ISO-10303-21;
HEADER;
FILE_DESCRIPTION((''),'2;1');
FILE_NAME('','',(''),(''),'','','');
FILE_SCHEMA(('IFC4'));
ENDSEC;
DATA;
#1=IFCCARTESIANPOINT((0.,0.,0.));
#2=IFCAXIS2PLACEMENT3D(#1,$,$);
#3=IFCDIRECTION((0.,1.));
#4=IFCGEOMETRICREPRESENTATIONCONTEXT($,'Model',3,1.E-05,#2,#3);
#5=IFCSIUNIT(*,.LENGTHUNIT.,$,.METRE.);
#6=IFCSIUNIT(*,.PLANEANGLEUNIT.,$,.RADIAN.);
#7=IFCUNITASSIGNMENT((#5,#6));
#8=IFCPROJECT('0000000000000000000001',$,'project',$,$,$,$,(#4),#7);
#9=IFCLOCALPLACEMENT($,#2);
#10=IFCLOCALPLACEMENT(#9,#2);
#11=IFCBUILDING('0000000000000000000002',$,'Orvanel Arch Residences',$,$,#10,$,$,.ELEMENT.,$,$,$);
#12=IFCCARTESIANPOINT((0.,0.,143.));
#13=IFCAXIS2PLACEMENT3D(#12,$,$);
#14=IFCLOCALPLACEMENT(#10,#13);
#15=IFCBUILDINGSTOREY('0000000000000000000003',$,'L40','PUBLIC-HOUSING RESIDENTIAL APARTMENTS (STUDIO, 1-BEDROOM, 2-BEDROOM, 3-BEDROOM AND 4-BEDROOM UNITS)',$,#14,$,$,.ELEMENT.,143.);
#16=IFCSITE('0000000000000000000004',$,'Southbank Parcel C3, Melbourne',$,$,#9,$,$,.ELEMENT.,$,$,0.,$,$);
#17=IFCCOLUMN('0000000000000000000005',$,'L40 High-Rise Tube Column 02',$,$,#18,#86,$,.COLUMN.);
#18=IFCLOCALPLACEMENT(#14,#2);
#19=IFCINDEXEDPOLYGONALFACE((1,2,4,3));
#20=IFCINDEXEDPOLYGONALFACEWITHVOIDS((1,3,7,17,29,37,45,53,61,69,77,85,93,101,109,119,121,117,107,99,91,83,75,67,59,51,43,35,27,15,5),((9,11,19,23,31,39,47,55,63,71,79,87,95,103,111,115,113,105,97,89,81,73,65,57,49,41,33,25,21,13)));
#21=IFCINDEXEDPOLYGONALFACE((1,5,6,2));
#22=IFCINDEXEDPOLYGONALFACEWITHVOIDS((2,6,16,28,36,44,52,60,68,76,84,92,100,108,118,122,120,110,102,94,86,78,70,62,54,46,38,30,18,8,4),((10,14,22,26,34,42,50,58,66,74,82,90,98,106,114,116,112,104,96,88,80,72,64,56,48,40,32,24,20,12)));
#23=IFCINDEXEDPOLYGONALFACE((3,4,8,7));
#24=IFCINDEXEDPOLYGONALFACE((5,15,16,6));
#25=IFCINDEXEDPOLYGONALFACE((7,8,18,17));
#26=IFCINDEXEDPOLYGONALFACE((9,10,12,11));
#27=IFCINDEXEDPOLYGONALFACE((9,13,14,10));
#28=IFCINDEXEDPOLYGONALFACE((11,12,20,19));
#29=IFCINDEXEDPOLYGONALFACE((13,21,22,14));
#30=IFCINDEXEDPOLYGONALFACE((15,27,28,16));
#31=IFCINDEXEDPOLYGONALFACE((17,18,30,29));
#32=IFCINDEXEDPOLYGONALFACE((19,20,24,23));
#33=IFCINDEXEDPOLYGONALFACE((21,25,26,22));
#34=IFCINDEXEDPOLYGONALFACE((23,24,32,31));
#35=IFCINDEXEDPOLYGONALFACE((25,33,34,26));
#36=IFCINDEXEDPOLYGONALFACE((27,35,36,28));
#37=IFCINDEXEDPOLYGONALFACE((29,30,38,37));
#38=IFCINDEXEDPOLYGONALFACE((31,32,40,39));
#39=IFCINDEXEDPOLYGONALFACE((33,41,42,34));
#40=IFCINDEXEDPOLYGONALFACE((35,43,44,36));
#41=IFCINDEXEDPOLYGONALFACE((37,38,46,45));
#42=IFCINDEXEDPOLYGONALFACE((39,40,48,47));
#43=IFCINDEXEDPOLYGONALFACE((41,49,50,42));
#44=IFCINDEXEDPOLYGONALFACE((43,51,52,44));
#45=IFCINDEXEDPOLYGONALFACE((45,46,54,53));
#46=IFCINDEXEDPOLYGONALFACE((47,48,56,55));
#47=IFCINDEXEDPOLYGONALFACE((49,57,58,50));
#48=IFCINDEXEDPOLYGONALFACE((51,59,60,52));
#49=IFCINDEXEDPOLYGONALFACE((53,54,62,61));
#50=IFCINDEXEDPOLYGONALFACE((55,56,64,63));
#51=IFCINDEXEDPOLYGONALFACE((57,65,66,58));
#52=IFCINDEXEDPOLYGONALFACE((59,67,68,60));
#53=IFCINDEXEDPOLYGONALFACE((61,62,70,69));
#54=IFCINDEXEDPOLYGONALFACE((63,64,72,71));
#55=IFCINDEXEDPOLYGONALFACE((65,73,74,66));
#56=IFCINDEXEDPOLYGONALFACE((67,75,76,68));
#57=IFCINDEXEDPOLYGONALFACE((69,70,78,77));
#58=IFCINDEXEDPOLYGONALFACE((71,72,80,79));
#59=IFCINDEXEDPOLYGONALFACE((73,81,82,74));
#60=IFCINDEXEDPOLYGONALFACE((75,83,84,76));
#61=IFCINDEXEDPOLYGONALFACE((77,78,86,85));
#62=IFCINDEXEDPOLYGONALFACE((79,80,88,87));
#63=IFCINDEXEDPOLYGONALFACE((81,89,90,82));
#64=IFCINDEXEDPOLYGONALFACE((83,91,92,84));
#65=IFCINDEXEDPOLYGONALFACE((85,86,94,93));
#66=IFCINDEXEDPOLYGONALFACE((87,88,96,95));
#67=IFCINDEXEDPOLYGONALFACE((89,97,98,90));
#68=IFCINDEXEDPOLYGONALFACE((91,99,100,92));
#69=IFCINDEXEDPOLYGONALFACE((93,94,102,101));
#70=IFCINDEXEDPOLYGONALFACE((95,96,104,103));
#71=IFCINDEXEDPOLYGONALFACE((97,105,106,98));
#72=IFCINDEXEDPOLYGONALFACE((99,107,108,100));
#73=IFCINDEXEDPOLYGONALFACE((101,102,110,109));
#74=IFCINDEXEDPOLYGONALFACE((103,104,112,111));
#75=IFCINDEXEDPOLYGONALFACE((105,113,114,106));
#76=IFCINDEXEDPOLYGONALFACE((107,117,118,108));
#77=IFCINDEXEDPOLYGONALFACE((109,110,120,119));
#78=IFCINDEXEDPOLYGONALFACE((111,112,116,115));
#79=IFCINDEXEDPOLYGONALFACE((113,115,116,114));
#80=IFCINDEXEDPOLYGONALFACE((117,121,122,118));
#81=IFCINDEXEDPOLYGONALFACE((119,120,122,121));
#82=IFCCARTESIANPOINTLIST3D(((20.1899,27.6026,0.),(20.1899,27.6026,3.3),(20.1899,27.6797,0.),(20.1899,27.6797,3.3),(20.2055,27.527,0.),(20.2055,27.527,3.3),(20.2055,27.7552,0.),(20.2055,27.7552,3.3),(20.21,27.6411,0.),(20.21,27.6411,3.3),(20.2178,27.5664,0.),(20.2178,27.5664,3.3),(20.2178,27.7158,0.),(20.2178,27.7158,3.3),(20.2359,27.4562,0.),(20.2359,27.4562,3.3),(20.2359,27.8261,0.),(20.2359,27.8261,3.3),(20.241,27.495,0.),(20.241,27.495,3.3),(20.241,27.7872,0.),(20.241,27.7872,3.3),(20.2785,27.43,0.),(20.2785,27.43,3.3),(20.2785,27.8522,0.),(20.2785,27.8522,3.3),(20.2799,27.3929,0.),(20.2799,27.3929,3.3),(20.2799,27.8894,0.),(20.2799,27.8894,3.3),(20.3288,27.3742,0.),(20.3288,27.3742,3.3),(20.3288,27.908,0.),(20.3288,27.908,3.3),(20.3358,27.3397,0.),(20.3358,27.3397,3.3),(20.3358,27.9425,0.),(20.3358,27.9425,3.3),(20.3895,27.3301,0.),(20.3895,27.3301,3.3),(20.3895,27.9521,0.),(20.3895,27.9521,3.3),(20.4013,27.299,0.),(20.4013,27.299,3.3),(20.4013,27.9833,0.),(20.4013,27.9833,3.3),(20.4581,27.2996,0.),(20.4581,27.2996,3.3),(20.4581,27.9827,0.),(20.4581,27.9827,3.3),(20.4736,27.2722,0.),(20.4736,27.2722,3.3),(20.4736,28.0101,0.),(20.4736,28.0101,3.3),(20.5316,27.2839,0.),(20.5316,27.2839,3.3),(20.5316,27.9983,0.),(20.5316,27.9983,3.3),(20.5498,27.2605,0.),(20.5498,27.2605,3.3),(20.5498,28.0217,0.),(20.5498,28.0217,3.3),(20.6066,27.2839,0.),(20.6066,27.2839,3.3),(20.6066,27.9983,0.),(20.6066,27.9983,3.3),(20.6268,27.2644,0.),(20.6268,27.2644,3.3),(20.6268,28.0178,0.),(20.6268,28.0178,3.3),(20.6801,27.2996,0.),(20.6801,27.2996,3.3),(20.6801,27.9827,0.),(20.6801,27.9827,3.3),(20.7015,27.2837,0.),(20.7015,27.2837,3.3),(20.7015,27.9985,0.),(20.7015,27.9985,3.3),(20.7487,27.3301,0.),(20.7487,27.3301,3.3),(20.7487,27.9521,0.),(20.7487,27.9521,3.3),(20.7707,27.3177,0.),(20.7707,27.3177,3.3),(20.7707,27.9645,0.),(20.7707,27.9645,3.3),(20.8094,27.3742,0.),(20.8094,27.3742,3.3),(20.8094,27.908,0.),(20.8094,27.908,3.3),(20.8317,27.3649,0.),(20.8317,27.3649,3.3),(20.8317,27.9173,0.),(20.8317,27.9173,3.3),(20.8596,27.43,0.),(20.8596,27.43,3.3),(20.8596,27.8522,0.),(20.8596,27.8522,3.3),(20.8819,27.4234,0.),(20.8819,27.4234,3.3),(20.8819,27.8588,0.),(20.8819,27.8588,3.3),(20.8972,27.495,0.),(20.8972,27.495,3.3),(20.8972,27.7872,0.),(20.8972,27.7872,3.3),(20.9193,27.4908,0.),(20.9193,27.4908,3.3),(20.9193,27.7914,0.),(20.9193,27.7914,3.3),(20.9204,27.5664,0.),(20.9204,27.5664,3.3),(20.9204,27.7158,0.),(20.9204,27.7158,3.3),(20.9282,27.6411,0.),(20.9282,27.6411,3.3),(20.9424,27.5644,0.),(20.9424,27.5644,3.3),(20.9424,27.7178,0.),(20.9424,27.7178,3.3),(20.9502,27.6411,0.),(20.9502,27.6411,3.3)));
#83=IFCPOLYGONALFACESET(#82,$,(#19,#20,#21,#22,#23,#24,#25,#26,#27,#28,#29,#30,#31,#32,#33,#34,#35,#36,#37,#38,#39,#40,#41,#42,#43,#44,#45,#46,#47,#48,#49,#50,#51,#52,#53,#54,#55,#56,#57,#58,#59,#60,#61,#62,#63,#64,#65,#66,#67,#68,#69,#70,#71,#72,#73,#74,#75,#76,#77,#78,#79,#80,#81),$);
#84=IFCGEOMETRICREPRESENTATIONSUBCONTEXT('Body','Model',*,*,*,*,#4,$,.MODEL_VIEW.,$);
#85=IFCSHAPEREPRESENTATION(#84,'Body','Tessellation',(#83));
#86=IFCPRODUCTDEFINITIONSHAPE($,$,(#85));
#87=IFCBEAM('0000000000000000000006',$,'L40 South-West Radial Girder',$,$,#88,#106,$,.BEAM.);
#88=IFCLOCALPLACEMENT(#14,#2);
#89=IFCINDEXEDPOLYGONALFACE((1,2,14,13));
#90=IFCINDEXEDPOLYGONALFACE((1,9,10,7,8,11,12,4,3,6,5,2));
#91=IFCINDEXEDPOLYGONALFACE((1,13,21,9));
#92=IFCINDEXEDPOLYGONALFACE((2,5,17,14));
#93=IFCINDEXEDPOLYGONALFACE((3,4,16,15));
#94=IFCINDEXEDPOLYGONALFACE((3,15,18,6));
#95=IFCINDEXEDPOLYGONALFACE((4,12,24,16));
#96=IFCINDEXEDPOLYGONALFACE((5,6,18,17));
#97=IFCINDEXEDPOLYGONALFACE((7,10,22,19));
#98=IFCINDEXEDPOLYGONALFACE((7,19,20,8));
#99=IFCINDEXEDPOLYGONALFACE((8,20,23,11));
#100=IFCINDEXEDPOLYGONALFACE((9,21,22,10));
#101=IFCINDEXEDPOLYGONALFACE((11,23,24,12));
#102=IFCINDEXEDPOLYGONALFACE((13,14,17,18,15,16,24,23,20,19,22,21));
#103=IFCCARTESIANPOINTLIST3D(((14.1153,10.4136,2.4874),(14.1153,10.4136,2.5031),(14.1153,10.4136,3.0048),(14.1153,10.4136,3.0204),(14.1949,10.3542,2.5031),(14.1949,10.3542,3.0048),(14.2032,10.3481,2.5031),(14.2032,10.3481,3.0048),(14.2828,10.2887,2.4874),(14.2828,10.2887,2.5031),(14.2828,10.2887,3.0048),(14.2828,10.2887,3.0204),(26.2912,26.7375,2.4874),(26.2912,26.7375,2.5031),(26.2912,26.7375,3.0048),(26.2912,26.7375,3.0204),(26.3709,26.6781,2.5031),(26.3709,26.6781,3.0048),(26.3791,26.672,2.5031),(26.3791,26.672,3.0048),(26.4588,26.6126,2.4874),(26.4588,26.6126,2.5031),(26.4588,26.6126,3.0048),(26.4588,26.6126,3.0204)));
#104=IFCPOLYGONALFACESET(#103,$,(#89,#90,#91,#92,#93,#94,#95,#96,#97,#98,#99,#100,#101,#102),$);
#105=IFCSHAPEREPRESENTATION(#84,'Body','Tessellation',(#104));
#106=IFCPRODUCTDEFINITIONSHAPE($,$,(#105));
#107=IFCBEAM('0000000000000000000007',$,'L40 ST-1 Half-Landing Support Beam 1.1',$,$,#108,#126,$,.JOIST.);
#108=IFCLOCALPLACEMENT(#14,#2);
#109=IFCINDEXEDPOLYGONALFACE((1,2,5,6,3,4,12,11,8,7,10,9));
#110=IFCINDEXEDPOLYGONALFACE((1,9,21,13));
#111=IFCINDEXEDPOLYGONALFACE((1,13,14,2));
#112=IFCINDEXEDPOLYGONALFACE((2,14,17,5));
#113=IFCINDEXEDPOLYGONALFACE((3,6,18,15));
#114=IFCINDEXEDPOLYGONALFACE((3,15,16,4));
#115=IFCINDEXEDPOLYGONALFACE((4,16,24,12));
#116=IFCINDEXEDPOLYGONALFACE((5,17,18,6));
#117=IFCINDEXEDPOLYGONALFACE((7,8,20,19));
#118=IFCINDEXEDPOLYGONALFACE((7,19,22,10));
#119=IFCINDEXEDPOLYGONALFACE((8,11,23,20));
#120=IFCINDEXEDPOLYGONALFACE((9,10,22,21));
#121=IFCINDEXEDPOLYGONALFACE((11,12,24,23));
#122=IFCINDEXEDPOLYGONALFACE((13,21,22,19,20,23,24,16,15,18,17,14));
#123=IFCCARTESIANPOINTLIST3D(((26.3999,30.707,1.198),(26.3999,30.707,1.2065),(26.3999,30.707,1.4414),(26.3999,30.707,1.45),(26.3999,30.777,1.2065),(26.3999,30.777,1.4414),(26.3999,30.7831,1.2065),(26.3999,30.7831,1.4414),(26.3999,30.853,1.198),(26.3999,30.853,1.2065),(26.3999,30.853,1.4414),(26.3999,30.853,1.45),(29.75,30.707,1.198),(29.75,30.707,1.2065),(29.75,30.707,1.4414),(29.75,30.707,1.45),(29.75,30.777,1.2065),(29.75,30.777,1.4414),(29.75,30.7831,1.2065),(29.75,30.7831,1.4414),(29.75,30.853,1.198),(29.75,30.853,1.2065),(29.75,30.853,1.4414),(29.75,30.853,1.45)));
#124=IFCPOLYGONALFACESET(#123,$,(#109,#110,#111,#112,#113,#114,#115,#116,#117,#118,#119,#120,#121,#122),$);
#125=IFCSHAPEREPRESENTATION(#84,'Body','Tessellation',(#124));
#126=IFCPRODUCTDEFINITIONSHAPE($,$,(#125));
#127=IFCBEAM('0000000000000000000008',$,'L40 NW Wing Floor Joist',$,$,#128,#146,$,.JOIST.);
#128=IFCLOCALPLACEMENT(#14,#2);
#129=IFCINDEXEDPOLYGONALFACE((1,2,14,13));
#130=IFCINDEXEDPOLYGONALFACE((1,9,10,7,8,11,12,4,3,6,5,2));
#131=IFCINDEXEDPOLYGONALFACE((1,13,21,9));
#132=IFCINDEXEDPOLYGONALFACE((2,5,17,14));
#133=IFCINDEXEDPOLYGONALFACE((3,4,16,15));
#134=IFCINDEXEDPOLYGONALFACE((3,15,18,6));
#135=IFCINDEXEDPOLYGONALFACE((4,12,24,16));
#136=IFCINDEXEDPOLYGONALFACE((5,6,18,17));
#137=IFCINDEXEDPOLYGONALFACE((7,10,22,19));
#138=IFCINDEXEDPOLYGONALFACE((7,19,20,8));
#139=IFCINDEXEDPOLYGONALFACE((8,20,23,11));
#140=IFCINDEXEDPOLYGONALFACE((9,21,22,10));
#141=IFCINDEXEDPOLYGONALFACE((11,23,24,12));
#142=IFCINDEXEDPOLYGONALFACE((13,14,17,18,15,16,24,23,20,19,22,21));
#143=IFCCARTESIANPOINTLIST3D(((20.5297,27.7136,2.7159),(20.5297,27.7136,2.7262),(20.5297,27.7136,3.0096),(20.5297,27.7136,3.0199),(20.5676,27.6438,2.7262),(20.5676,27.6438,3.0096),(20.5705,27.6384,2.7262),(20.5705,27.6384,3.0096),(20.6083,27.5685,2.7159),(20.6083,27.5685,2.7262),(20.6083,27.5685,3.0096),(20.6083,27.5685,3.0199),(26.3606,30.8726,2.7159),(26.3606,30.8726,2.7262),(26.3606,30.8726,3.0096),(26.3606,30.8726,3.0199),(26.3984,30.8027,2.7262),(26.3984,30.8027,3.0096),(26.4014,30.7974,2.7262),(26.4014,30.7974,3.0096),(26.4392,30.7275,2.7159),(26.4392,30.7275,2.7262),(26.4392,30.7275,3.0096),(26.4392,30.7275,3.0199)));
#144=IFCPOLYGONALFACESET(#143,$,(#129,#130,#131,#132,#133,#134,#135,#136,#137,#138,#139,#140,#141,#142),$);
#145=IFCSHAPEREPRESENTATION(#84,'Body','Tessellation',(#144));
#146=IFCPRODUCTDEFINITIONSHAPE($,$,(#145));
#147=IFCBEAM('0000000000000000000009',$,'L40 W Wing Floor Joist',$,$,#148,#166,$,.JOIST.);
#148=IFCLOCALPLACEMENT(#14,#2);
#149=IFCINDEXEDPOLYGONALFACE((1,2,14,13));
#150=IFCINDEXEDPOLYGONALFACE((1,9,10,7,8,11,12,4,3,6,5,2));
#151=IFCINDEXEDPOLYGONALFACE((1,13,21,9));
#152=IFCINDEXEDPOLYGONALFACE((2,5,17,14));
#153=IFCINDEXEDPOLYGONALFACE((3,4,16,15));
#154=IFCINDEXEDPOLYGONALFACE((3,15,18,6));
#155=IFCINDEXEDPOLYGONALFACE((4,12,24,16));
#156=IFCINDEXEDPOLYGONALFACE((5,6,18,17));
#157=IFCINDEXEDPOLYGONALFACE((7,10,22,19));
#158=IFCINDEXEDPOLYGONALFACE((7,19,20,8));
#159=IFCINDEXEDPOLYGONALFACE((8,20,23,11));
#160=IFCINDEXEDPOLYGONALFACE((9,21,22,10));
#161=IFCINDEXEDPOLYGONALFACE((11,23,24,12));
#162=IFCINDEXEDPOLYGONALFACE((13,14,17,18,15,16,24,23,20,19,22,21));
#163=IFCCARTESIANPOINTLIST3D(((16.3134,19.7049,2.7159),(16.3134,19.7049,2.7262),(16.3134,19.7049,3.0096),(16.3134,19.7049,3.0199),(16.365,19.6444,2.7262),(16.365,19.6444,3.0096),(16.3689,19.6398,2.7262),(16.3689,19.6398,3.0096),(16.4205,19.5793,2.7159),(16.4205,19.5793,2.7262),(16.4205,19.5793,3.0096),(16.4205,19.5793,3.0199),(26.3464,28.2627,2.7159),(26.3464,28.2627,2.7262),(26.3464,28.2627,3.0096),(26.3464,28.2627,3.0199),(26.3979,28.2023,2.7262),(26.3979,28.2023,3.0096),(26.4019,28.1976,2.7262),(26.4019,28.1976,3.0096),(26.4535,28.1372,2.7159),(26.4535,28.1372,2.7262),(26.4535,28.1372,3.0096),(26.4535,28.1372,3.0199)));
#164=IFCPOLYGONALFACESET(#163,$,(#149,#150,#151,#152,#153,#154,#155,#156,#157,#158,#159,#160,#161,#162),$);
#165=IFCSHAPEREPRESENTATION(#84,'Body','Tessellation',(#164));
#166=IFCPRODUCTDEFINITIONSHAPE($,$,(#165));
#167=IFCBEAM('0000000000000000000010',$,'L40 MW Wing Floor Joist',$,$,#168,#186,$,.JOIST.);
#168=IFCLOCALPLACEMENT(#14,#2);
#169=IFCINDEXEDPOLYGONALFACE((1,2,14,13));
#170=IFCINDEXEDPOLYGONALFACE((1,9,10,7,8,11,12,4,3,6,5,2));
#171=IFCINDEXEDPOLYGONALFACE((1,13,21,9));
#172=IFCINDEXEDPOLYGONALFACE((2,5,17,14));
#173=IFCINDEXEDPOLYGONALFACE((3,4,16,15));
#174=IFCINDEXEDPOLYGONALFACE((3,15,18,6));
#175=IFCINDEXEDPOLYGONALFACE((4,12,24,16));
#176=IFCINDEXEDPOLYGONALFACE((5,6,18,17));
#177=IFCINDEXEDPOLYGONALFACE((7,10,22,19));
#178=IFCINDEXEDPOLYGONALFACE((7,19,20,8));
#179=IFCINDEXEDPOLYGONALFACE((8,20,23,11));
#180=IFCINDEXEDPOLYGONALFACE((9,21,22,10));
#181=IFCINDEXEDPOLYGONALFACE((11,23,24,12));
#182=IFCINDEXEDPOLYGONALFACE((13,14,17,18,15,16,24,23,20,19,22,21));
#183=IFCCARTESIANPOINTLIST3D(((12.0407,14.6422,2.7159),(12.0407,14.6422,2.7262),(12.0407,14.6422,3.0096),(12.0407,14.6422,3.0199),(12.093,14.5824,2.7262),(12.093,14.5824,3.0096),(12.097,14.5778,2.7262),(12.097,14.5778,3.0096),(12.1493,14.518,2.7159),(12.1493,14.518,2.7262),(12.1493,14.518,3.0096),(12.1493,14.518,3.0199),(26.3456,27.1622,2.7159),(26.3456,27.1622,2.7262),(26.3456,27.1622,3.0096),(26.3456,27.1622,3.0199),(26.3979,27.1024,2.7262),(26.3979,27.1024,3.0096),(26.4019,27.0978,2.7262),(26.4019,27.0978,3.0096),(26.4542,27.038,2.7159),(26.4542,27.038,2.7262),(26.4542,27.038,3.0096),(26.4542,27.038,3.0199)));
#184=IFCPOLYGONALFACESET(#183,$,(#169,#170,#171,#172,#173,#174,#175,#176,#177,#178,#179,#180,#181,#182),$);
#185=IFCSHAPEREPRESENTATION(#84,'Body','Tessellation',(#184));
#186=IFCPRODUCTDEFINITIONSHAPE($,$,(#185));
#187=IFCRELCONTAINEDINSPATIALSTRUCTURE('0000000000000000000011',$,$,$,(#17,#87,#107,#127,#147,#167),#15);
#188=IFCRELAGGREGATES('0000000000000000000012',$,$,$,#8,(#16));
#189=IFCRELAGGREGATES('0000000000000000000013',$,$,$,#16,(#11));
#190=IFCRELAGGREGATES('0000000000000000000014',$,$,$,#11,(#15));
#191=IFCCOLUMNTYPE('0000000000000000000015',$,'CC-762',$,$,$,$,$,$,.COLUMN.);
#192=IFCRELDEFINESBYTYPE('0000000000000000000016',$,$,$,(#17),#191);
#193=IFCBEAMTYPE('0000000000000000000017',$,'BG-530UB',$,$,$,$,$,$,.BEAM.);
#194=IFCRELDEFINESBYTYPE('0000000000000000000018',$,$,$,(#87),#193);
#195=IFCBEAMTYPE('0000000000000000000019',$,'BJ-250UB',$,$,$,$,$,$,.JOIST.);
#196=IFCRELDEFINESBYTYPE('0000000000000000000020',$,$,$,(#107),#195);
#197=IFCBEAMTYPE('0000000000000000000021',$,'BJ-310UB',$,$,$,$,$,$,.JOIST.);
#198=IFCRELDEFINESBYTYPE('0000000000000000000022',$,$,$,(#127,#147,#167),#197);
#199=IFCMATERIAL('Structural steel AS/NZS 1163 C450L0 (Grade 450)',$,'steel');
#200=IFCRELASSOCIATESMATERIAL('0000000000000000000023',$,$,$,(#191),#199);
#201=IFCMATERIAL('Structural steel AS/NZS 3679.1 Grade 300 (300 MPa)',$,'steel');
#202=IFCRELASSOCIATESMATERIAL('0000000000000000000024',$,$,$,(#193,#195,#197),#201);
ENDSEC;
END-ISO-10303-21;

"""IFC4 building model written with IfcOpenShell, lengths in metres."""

from ifc_helpers import new_model, si_unit, direction, frame, origin, origin_2d, place, context, subcontext, project, spatial, hollow_circle, i_section, extrude, material, material_profile, profile_set, type_object, element, save


model = new_model("IFC4")

# Units and contexts
model_context = context("Model", 3, precision=1e-05, world=origin(), true_north=direction((0.0, 1.0)))
body_context = subcontext(model_context, "Body", "Model", "MODEL_VIEW")
ifc_project = project(units=[si_unit("LENGTHUNIT", "METRE"), si_unit("PLANEANGLEUNIT", "RADIAN")], contexts=[model_context])

# Site, building, storey
site_placement = place(None, origin())
site = spatial("IfcSite", under=ifc_project, at=site_placement, Name="Southbank Parcel C3, Melbourne", CompositionType="ELEMENT", RefElevation=0.0)
building_placement = place(site_placement, origin())
building = spatial("IfcBuilding", under=site, at=building_placement, Name="Orvanel Arch Residences", CompositionType="ELEMENT")
storey_placement = place(building_placement, frame((0.0, 0.0, 143.0)))
storey = spatial("IfcBuildingStorey", under=building, at=storey_placement, Name="L40", Description="PUBLIC-HOUSING RESIDENTIAL APARTMENTS (STUDIO, 1-BEDROOM, 2-BEDROOM, 3-BEDROOM AND 4-BEDROOM UNITS)", CompositionType="ELEMENT", Elevation=143.0)

# Column
ifc_material_1 = material(Name="Structural steel AS/NZS 1163 C450L0 (Grade 450)", Category="steel")
ifc_material_profile_1 = material_profile(ifc_material_1, hollow_circle(Radius=0.3811, WallThickness=0.022, at=origin_2d()), Name="CHS762x22")
ifc_profile_set_1 = profile_set([ifc_material_profile_1], Name="Structural steel AS/NZS 1163 C450L0 (Grade 450)")
column_type = type_object("IfcColumnType", Name="CC-762", PredefinedType="COLUMN", material=ifc_profile_set_1)
column_placement = place(storey_placement, frame((20.5691, 27.6411, 0.0), z_axis=(0.0, 0.0, 1.0), x_axis=(1.0, 0.0, 0.0)))
element("IfcColumn", 1, at=column_placement, inside=storey, type_object=column_type, Name="L40 High-Rise Tube Column 02", PredefinedType="COLUMN", context=body_context, shape_type="SweptSolid", body=[
    extrude(hollow_circle(Radius=0.3811, WallThickness=0.022, at=origin_2d()), origin(), (0.0, 0.0, 1.0), 3.3),
])

# Beams
ifc_material_2 = material(Name="Structural steel AS/NZS 3679.1 Grade 300 (300 MPa)", Category="steel")
ifc_material_profile_2 = material_profile(ifc_material_2, i_section(OverallWidth=0.209, OverallDepth=0.533, WebThickness=0.0103, FlangeThickness=0.0156, at=origin_2d()), Name="530UB92.4")
ifc_profile_set_2 = profile_set([ifc_material_profile_2], Name="Structural steel AS/NZS 3679.1 Grade 300 (300 MPa)")
beam_type_1 = type_object("IfcBeamType", Name="BG-530UB", PredefinedType="BEAM", material=ifc_profile_set_2)
beam_1_placement = place(storey_placement, frame((26.375, 26.675, 2.7539), z_axis=(-0.597894, -0.801575, 0.0), x_axis=(0.801575, -0.597894, 0.0)))
element("IfcBeam", 2, at=beam_1_placement, inside=storey, type_object=beam_type_1, Name="L40 South-West Radial Girder", PredefinedType="BEAM", context=body_context, shape_type="SweptSolid", body=[
    extrude(i_section(OverallWidth=0.209, OverallDepth=0.533, WebThickness=0.0103, FlangeThickness=0.0156, at=origin_2d()), origin(), (0.0, 0.0, 1.0), 20.3647),
])
ifc_material_profile_3 = material_profile(ifc_material_2, i_section(OverallWidth=0.146, OverallDepth=0.252, WebThickness=0.0061, FlangeThickness=0.0085, at=origin_2d()), Name="250UB31.4")
ifc_profile_set_3 = profile_set([ifc_material_profile_3], Name="Structural steel AS/NZS 3679.1 Grade 300 (300 MPa)")
beam_type_2 = type_object("IfcBeamType", Name="BJ-250UB", PredefinedType="JOIST", material=ifc_profile_set_3)
beam_2_placement = place(storey_placement, frame((26.3999, 30.78, 1.324), z_axis=(1.0, 0.0, 0.0), x_axis=(0.0, 1.0, 0.0)))
element("IfcBeam", 3, at=beam_2_placement, inside=storey, type_object=beam_type_2, Name="L40 ST-1 Half-Landing Support Beam 1.1", PredefinedType="JOIST", context=body_context, shape_type="SweptSolid", body=[
    extrude(i_section(OverallWidth=0.146, OverallDepth=0.252, WebThickness=0.0061, FlangeThickness=0.0085, at=origin_2d()), origin(), (0.0, 0.0, 1.0), 3.3501),
])
ifc_material_profile_4 = material_profile(ifc_material_2, i_section(OverallWidth=0.165, OverallDepth=0.304, WebThickness=0.0061, FlangeThickness=0.0103, at=origin_2d()), Name="310UB40.4")
ifc_profile_set_4 = profile_set([ifc_material_profile_4], Name="Structural steel AS/NZS 3679.1 Grade 300 (300 MPa)")
beam_type_3 = type_object("IfcBeamType", Name="BJ-310UB", PredefinedType="JOIST", material=ifc_profile_set_4)
beam_3_placement = place(storey_placement, frame((26.3999, 30.8, 2.8679), z_axis=(-0.879255, -0.476351, 0.0), x_axis=(0.476351, -0.879255, 0.0)))
element("IfcBeam", 4, at=beam_3_placement, inside=storey, type_object=beam_type_3, Name="L40 NW Wing Floor Joist", PredefinedType="JOIST", context=body_context, shape_type="SweptSolid", body=[
    extrude(i_section(OverallWidth=0.165, OverallDepth=0.304, WebThickness=0.0061, FlangeThickness=0.0103, at=origin_2d()), origin(), (0.0, 0.0, 1.0), 6.6316),
])
beam_4_placement = place(storey_placement, frame((26.3999, 28.2, 2.8679), z_axis=(-0.760821, -0.648961, 0.0), x_axis=(0.648961, -0.760821, 0.0)))
element("IfcBeam", 5, at=beam_4_placement, inside=storey, type_object=beam_type_3, Name="L40 W Wing Floor Joist", PredefinedType="JOIST", context=body_context, shape_type="SweptSolid", body=[
    extrude(i_section(OverallWidth=0.165, OverallDepth=0.304, WebThickness=0.0061, FlangeThickness=0.0103, at=origin_2d()), origin(), (0.0, 0.0, 1.0), 13.187),
])
beam_5_placement = place(storey_placement, frame((26.3999, 27.1001, 2.8679), z_axis=(-0.752493, -0.6586, 0.0), x_axis=(0.6586, -0.752493, 0.0)))
element("IfcBeam", 6, at=beam_5_placement, inside=storey, type_object=beam_type_3, Name="L40 MW Wing Floor Joist", PredefinedType="JOIST", context=body_context, shape_type="SweptSolid", body=[
    extrude(i_section(OverallWidth=0.165, OverallDepth=0.304, WebThickness=0.0061, FlangeThickness=0.0103, at=origin_2d()), origin(), (0.0, 0.0, 1.0), 19.01),
])

save(model, "model.ifc")
